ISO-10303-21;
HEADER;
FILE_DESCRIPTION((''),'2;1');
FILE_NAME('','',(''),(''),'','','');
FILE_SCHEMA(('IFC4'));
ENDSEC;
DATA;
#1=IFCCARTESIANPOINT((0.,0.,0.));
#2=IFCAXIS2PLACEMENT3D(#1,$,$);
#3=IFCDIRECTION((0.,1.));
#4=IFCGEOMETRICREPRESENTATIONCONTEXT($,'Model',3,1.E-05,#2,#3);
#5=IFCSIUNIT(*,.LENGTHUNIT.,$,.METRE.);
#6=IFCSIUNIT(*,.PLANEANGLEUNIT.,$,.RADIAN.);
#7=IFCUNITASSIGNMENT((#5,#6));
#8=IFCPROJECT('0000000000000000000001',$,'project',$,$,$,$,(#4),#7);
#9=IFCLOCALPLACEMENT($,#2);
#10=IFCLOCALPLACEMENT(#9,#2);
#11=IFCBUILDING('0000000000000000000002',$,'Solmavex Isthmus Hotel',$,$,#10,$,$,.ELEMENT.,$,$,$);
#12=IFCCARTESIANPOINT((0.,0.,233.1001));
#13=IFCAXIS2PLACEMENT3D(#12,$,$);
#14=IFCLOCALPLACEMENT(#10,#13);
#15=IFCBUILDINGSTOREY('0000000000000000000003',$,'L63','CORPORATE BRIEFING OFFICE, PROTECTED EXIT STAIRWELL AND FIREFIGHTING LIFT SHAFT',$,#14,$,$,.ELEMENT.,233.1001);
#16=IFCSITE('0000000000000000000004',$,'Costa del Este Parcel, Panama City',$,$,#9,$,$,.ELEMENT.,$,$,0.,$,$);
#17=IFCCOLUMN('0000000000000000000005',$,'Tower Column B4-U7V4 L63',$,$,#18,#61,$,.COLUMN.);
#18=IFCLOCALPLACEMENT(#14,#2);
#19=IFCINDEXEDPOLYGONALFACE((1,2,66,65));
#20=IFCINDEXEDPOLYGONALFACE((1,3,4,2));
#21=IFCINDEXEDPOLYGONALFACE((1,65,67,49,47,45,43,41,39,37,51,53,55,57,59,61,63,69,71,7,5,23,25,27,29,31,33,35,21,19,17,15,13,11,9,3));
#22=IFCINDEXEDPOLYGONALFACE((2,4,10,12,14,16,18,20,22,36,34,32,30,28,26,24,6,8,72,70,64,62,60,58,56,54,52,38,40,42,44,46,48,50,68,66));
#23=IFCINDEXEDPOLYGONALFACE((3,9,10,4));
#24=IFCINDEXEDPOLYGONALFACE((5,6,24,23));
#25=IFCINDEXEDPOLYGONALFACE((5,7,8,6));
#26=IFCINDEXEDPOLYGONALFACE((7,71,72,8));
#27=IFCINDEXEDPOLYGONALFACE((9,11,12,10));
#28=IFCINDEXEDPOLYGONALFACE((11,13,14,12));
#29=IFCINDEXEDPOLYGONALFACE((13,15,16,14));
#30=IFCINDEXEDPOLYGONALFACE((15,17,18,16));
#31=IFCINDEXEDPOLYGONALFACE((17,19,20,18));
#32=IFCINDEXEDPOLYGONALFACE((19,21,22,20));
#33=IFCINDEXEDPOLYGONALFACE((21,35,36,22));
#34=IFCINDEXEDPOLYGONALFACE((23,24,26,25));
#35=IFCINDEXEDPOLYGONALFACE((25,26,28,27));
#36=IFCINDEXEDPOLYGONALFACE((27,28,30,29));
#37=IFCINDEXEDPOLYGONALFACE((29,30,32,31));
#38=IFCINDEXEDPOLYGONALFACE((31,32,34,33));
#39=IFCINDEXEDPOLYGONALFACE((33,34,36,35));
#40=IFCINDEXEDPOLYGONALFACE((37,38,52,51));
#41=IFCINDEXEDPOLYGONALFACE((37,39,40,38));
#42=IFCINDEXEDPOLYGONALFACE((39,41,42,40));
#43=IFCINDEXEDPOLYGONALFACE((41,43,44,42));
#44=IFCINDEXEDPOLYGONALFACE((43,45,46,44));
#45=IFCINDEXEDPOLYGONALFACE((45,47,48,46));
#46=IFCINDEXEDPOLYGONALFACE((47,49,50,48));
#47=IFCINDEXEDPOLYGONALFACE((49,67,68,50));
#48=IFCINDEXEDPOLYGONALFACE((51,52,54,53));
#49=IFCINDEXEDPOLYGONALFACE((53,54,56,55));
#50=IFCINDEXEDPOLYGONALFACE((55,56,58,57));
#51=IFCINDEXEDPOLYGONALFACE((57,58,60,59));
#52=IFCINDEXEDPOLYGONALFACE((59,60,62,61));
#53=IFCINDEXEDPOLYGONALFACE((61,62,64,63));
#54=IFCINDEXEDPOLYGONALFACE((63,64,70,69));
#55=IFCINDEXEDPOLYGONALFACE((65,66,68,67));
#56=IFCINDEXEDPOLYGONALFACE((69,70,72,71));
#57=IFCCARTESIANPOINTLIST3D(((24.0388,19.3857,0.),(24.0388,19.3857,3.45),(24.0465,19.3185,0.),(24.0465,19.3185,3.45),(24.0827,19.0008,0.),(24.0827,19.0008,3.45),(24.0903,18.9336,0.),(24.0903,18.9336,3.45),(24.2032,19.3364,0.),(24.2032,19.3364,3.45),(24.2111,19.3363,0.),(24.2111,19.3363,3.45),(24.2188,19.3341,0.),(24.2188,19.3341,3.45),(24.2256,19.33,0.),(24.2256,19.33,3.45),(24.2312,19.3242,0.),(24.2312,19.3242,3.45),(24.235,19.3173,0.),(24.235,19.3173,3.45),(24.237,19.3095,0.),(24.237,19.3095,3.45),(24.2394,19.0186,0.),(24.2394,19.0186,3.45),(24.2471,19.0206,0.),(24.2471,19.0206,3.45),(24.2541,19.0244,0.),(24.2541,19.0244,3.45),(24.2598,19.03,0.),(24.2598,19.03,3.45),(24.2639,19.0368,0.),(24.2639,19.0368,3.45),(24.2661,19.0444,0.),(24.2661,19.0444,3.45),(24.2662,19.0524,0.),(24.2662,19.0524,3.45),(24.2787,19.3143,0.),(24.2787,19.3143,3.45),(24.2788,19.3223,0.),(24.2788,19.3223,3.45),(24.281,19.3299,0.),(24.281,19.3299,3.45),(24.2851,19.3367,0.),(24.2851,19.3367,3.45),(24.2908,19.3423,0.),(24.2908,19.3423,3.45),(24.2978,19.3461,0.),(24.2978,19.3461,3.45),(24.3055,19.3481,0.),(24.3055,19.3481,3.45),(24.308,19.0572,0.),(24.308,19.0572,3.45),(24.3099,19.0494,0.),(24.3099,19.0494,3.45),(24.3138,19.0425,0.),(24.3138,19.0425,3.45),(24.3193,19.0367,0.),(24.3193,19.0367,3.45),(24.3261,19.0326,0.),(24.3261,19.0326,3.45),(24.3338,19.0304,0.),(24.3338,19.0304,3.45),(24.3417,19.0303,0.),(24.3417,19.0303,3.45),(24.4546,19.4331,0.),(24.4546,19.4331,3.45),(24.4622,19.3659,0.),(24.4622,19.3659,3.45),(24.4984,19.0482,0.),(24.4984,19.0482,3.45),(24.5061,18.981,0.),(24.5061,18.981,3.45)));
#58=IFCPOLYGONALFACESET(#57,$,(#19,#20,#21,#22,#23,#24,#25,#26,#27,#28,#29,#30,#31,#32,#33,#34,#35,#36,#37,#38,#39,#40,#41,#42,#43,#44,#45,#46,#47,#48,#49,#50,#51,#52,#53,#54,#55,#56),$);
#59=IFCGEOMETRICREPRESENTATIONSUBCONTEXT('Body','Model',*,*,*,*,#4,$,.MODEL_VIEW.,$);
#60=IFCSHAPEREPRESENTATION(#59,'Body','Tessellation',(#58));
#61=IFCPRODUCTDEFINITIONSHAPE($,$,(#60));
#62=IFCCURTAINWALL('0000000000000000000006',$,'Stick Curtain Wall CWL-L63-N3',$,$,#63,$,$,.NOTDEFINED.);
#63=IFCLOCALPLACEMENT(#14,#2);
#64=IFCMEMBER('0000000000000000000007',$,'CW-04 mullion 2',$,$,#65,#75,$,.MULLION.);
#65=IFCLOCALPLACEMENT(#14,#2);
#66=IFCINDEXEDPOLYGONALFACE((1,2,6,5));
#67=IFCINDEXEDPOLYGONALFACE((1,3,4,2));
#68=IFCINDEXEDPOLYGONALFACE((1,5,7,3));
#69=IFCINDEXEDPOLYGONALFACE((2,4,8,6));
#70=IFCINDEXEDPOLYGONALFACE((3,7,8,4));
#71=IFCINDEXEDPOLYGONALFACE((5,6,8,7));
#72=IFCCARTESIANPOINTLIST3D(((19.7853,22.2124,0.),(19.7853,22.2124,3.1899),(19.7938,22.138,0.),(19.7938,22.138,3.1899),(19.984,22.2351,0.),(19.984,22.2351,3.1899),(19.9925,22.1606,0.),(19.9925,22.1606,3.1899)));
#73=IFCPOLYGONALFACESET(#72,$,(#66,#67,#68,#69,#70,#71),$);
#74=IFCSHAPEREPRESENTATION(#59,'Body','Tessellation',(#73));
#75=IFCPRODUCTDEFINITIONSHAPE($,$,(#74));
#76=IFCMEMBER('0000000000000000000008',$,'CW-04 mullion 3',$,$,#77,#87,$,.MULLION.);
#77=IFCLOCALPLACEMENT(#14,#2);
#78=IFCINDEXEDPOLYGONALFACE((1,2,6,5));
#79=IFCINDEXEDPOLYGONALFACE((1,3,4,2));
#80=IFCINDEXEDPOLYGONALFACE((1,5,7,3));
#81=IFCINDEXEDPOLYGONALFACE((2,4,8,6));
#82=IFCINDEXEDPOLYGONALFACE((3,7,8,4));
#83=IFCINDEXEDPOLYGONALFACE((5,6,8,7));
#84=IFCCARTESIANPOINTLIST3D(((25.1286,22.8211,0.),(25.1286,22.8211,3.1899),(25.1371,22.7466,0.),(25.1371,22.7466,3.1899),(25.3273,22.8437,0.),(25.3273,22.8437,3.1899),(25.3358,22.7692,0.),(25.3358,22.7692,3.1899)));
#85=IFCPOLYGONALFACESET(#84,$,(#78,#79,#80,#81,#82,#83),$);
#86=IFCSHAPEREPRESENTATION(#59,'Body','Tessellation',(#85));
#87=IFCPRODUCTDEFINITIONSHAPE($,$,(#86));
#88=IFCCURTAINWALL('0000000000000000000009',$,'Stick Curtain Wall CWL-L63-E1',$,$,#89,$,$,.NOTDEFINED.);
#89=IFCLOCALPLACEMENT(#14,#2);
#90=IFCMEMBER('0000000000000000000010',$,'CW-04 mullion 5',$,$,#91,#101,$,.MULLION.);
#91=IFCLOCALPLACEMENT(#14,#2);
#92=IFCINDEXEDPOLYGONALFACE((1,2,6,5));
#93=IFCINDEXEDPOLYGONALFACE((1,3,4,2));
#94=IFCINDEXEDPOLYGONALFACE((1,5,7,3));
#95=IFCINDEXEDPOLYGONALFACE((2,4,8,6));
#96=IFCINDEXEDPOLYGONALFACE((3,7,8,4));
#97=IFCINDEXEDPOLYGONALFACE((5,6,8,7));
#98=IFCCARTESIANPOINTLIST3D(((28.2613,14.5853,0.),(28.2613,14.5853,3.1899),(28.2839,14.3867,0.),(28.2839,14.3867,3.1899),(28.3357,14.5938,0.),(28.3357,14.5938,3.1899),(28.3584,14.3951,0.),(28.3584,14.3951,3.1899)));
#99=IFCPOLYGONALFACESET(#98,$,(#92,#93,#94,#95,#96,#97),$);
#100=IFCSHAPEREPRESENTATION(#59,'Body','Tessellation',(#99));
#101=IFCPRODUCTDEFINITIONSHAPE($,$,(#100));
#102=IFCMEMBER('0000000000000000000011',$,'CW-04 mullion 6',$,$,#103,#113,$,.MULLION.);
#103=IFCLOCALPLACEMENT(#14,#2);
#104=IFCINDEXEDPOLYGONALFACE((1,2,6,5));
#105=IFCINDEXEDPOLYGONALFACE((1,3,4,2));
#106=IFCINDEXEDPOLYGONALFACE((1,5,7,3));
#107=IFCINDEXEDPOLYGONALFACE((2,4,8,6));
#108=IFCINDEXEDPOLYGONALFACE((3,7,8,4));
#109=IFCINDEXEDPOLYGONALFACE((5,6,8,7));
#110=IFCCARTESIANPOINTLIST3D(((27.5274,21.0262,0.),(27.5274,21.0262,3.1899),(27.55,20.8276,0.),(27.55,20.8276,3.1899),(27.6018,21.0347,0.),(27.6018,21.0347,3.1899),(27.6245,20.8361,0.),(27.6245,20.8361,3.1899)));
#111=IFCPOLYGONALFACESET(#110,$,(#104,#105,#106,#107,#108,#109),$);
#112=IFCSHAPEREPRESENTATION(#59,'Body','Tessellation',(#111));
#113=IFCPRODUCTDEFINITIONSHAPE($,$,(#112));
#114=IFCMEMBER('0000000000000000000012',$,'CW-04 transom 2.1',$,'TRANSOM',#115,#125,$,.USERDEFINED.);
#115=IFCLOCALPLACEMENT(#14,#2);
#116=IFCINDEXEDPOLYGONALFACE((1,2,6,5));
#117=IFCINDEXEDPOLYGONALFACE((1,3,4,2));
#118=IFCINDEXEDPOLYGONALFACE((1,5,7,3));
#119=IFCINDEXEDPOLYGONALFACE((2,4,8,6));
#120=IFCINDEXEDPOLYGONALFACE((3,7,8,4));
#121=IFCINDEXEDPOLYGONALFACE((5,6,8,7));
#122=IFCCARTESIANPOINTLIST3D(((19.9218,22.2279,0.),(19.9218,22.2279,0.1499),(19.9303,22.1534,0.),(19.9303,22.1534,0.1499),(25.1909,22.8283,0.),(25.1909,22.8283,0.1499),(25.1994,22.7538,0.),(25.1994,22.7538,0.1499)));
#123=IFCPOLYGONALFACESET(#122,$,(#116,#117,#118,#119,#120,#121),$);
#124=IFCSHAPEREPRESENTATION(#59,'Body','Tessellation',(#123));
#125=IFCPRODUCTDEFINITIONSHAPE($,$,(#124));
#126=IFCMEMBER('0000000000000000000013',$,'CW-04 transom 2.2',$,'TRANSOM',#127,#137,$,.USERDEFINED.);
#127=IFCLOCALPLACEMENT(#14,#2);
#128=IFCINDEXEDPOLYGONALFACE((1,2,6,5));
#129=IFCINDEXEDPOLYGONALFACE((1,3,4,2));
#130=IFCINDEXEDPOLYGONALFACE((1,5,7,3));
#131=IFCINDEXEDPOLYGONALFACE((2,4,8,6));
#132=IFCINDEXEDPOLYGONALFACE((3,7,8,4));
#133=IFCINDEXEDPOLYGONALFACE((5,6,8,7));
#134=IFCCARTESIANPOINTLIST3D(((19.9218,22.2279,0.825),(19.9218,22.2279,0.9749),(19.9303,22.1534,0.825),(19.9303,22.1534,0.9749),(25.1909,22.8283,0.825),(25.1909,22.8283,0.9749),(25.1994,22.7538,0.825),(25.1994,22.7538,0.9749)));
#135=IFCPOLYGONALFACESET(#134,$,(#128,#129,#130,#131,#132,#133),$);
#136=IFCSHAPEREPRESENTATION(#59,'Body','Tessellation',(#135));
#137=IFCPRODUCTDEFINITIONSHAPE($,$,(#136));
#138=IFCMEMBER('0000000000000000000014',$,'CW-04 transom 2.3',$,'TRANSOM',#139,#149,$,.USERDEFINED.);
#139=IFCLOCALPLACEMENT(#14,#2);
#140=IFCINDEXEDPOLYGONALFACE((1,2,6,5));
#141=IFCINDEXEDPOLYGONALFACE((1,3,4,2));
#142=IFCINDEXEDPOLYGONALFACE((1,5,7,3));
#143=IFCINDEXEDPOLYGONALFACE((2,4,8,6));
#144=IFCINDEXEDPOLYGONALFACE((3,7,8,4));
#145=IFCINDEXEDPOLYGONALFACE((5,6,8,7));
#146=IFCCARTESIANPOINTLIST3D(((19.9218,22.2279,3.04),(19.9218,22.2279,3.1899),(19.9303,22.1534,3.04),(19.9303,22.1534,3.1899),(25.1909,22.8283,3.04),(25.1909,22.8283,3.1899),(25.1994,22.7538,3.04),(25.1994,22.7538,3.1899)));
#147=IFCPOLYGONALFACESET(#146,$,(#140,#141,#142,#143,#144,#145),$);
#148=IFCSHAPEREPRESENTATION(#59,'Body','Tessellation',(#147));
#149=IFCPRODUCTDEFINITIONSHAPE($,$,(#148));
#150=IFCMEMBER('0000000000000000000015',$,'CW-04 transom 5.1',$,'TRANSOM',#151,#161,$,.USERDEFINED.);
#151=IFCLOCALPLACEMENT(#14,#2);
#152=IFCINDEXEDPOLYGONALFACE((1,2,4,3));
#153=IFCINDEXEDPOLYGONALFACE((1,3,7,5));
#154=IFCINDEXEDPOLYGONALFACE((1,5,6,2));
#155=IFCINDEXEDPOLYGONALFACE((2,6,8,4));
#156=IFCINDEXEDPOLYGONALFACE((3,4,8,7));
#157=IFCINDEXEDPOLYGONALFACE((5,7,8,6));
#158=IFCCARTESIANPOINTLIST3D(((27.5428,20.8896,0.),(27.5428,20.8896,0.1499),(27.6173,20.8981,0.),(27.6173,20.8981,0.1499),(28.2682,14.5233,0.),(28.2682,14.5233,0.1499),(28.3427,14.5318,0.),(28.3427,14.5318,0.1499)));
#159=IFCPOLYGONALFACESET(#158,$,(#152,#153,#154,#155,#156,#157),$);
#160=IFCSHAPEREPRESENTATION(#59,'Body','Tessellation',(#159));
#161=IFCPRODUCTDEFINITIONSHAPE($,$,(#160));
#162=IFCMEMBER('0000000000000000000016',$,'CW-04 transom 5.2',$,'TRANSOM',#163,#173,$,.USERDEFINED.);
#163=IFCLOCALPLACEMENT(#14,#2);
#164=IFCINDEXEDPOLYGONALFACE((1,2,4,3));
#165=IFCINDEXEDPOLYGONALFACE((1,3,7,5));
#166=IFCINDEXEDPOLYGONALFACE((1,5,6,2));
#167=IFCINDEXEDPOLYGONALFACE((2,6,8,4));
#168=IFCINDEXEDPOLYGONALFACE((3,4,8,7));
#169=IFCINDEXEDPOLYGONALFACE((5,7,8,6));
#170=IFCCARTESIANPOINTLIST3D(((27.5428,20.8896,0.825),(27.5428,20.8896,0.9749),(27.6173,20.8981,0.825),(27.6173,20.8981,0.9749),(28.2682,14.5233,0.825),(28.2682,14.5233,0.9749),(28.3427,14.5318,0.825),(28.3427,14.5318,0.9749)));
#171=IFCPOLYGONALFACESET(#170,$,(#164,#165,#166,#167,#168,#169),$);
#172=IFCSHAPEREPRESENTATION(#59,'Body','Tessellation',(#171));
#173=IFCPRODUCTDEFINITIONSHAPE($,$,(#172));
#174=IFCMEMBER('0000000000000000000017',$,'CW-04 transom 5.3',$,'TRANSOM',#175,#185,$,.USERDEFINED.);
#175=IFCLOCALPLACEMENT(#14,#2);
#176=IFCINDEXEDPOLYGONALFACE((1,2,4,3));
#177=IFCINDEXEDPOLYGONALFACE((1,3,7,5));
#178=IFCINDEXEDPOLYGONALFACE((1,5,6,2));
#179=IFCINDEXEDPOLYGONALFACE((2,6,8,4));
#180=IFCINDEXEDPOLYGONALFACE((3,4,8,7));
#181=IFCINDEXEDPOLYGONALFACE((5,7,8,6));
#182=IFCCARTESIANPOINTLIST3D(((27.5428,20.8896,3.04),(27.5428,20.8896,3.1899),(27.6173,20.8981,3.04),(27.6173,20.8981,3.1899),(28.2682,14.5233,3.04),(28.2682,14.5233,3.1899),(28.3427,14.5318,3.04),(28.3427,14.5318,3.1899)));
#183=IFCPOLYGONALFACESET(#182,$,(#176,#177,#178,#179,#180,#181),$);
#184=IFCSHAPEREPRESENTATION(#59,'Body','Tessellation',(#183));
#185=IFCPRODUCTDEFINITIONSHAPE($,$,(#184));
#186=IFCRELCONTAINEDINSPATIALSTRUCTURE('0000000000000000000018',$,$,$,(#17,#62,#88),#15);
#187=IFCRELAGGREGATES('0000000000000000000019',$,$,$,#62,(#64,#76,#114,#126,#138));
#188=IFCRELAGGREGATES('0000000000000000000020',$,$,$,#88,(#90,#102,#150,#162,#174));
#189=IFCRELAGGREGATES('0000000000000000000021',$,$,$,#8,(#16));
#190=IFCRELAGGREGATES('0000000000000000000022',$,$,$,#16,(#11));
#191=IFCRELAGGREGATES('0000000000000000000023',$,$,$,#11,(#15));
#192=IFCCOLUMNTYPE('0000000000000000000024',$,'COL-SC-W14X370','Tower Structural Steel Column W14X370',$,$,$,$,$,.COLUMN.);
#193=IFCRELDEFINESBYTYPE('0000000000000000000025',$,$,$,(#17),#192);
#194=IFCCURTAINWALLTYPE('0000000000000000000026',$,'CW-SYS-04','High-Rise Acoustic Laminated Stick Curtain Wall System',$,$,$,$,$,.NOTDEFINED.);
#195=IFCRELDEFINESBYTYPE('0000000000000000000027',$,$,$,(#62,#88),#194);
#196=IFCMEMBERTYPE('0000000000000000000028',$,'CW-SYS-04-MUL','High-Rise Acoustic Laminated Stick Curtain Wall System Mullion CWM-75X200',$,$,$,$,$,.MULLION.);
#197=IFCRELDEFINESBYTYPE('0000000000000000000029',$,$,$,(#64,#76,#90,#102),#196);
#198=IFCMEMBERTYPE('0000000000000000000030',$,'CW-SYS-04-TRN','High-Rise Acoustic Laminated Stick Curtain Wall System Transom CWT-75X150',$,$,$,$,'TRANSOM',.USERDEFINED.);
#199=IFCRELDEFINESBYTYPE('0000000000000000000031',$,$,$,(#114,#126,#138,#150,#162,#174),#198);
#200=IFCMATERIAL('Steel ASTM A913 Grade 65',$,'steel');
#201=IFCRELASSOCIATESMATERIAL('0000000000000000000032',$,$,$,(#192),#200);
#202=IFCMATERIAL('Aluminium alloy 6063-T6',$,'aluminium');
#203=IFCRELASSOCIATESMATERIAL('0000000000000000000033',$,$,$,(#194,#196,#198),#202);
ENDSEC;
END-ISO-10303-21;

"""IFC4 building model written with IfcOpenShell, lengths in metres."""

from ifc_helpers import new_model, si_unit, direction, frame, origin, origin_2d, place, context, subcontext, project, spatial, rectangle, i_section, extrude, material, material_profile, profile_set, type_object, element, aggregate, save


model = new_model("IFC4")

# Units and contexts
model_context = context("Model", 3, precision=1e-05, world=origin(), true_north=direction((0.0, 1.0)))
body_context = subcontext(model_context, "Body", "Model", "MODEL_VIEW")
ifc_project = project(units=[si_unit("LENGTHUNIT", "METRE"), si_unit("PLANEANGLEUNIT", "RADIAN")], contexts=[model_context])

# Site, building, storey
site_placement = place(None, origin())
site = spatial("IfcSite", under=ifc_project, at=site_placement, Name="Costa del Este Parcel, Panama City", CompositionType="ELEMENT", RefElevation=0.0)
building_placement = place(site_placement, origin())
building = spatial("IfcBuilding", under=site, at=building_placement, Name="Solmavex Isthmus Hotel", CompositionType="ELEMENT")
storey_placement = place(building_placement, frame((0.0, 0.0, 233.1001)))
storey = spatial("IfcBuildingStorey", under=building, at=storey_placement, Name="L63", Description="CORPORATE BRIEFING OFFICE, PROTECTED EXIT STAIRWELL AND FIREFIGHTING LIFT SHAFT", CompositionType="ELEMENT", Elevation=233.1001)

# Column
ifc_material_1 = material(Name="Steel ASTM A913 Grade 65", Category="steel")
ifc_material_profile_1 = material_profile(ifc_material_1, i_section(OverallWidth=0.4185, OverallDepth=0.4551, WebThickness=0.042, FlangeThickness=0.0676, FilletRadius=0.0305, at=origin_2d()), Name="W14X370")
ifc_profile_set_1 = profile_set([ifc_material_profile_1], Name="Steel ASTM A913 Grade 65")
column_type = type_object("IfcColumnType", Name="COL-SC-W14X370", Description="Tower Structural Steel Column W14X370", PredefinedType="COLUMN", material=ifc_profile_set_1)
column_placement = place(storey_placement, frame((24.2725, 19.1833, 0.0), z_axis=(0.0, 0.0, 1.0), x_axis=(0.993572, 0.113203, 0.0)))
element("IfcColumn", 1, at=column_placement, inside=storey, type_object=column_type, Name="Tower Column B4-U7V4 L63", PredefinedType="COLUMN", context=body_context, shape_type="SweptSolid", body=[
    extrude(i_section(OverallWidth=0.4185, OverallDepth=0.4551, WebThickness=0.042, FlangeThickness=0.0676, FilletRadius=0.0305, at=origin_2d()), origin(), (0.0, 0.0, 1.0), 3.45),
])

# Curtain walls, members
ifc_material_2 = material(Name="Aluminium alloy 6063-T6", Category="aluminium")
curtain_wall_type = type_object("IfcCurtainWallType", Name="CW-SYS-04", Description="High-Rise Acoustic Laminated Stick Curtain Wall System", PredefinedType="NOTDEFINED", material=ifc_material_2)
curtain_wall_1_placement = place(storey_placement, origin())
curtain_wall_1 = element("IfcCurtainWall", 2, at=curtain_wall_1_placement, inside=storey, type_object=curtain_wall_type, Name="Stick Curtain Wall CWL-L63-N3", PredefinedType="NOTDEFINED")
ifc_material_profile_2 = material_profile(ifc_material_2, rectangle(XDim=0.075, YDim=0.2, at=origin_2d()), Name="CWM-75X200")
ifc_profile_set_2 = profile_set([ifc_material_profile_2], Name="Aluminium alloy 6063-T6")
member_type_1 = type_object("IfcMemberType", Name="CW-SYS-04-MUL", Description="High-Rise Acoustic Laminated Stick Curtain Wall System Mullion CWM-75X200", PredefinedType="MULLION", material=ifc_profile_set_2)
member_1_placement = place(storey_placement, frame((19.8889, 22.1865, 0.0), z_axis=(0.0, 0.0, 1.0), x_axis=(-0.113204, 0.993572, 0.0)))
member_1 = element("IfcMember", 3, at=member_1_placement, type_object=member_type_1, Name="CW-04 mullion 2", PredefinedType="MULLION", context=body_context, shape_type="SweptSolid", body=[
    extrude(rectangle(XDim=0.075, YDim=0.2, at=origin_2d()), origin(), (0.0, 0.0, 1.0), 3.1899),
])
member_2_placement = place(storey_placement, frame((25.2322, 22.7952, 0.0), z_axis=(0.0, 0.0, 1.0), x_axis=(-0.113204, 0.993572, 0.0)))
member_2 = element("IfcMember", 4, at=member_2_placement, type_object=member_type_1, Name="CW-04 mullion 3", PredefinedType="MULLION", context=body_context, shape_type="SweptSolid", body=[
    extrude(rectangle(XDim=0.075, YDim=0.2, at=origin_2d()), origin(), (0.0, 0.0, 1.0), 3.1899),
])
curtain_wall_2_placement = place(storey_placement, origin())
curtain_wall_2 = element("IfcCurtainWall", 5, at=curtain_wall_2_placement, inside=storey, type_object=curtain_wall_type, Name="Stick Curtain Wall CWL-L63-E1", PredefinedType="NOTDEFINED")
member_3_placement = place(storey_placement, frame((28.3098, 14.4902, 0.0), z_axis=(0.0, 0.0, 1.0), x_axis=(-0.993572, -0.113203, 0.0)))
member_3 = element("IfcMember", 6, at=member_3_placement, type_object=member_type_1, Name="CW-04 mullion 5", PredefinedType="MULLION", context=body_context, shape_type="SweptSolid", body=[
    extrude(rectangle(XDim=0.075, YDim=0.2, at=origin_2d()), origin(), (0.0, 0.0, 1.0), 3.1899),
])
member_4_placement = place(storey_placement, frame((27.5759, 20.9312, 0.0), z_axis=(0.0, 0.0, 1.0), x_axis=(-0.993572, -0.113203, 0.0)))
member_4 = element("IfcMember", 7, at=member_4_placement, type_object=member_type_1, Name="CW-04 mullion 6", PredefinedType="MULLION", context=body_context, shape_type="SweptSolid", body=[
    extrude(rectangle(XDim=0.075, YDim=0.2, at=origin_2d()), origin(), (0.0, 0.0, 1.0), 3.1899),
])

# Members
ifc_material_profile_3 = material_profile(ifc_material_2, rectangle(XDim=0.075, YDim=0.1499, at=origin_2d()), Name="CWT-75X150")
ifc_profile_set_3 = profile_set([ifc_material_profile_3], Name="Aluminium alloy 6063-T6")
member_type_2 = type_object("IfcMemberType", Name="CW-SYS-04-TRN", Description="High-Rise Acoustic Laminated Stick Curtain Wall System Transom CWT-75X150", ElementType="TRANSOM", PredefinedType="USERDEFINED", material=ifc_profile_set_3)
member_5_placement = place(storey_placement, frame((19.926, 22.1907, 0.075), z_axis=(0.993572, 0.113205, 0.0), x_axis=(-0.113205, 0.993572, 0.0)))
member_5 = element("IfcMember", 8, at=member_5_placement, type_object=member_type_2, Name="CW-04 transom 2.1", ObjectType="TRANSOM", PredefinedType="USERDEFINED", context=body_context, shape_type="SweptSolid", body=[
    extrude(rectangle(XDim=0.075, YDim=0.1499, at=origin_2d()), origin(), (0.0, 0.0, 1.0), 5.3032),
])
member_6_placement = place(storey_placement, frame((19.926, 22.1907, 0.8999), z_axis=(0.993572, 0.113205, 0.0), x_axis=(-0.113205, 0.993572, 0.0)))
member_6 = element("IfcMember", 9, at=member_6_placement, type_object=member_type_2, Name="CW-04 transom 2.2", ObjectType="TRANSOM", PredefinedType="USERDEFINED", context=body_context, shape_type="SweptSolid", body=[
    extrude(rectangle(XDim=0.075, YDim=0.1499, at=origin_2d()), origin(), (0.0, 0.0, 1.0), 5.3032),
])
member_7_placement = place(storey_placement, frame((19.926, 22.1907, 3.115), z_axis=(0.993572, 0.113205, 0.0), x_axis=(-0.113205, 0.993572, 0.0)))
member_7 = element("IfcMember", 10, at=member_7_placement, type_object=member_type_2, Name="CW-04 transom 2.3", ObjectType="TRANSOM", PredefinedType="USERDEFINED", context=body_context, shape_type="SweptSolid", body=[
    extrude(rectangle(XDim=0.075, YDim=0.1499, at=origin_2d()), origin(), (0.0, 0.0, 1.0), 5.3032),
])
member_8_placement = place(storey_placement, frame((28.3054, 14.5276, 0.075), z_axis=(-0.113204, 0.993572, 0.0), x_axis=(-0.993572, -0.113204, 0.0)))
member_8 = element("IfcMember", 11, at=member_8_placement, type_object=member_type_2, Name="CW-04 transom 5.1", ObjectType="TRANSOM", PredefinedType="USERDEFINED", context=body_context, shape_type="SweptSolid", body=[
    extrude(rectangle(XDim=0.075, YDim=0.1499, at=origin_2d()), origin(), (0.0, 0.0, 1.0), 6.4075),
])
member_9_placement = place(storey_placement, frame((28.3054, 14.5276, 0.8999), z_axis=(-0.113204, 0.993572, 0.0), x_axis=(-0.993572, -0.113204, 0.0)))
member_9 = element("IfcMember", 12, at=member_9_placement, type_object=member_type_2, Name="CW-04 transom 5.2", ObjectType="TRANSOM", PredefinedType="USERDEFINED", context=body_context, shape_type="SweptSolid", body=[
    extrude(rectangle(XDim=0.075, YDim=0.1499, at=origin_2d()), origin(), (0.0, 0.0, 1.0), 6.4075),
])
member_10_placement = place(storey_placement, frame((28.3054, 14.5276, 3.115), z_axis=(-0.113204, 0.993572, 0.0), x_axis=(-0.993572, -0.113204, 0.0)))
member_10 = element("IfcMember", 13, at=member_10_placement, type_object=member_type_2, Name="CW-04 transom 5.3", ObjectType="TRANSOM", PredefinedType="USERDEFINED", context=body_context, shape_type="SweptSolid", body=[
    extrude(rectangle(XDim=0.075, YDim=0.1499, at=origin_2d()), origin(), (0.0, 0.0, 1.0), 6.4075),
])

aggregate(curtain_wall_1, [member_1, member_2, member_5, member_6, member_7])
aggregate(curtain_wall_2, [member_3, member_4, member_8, member_9, member_10])

save(model, "model.ifc")
